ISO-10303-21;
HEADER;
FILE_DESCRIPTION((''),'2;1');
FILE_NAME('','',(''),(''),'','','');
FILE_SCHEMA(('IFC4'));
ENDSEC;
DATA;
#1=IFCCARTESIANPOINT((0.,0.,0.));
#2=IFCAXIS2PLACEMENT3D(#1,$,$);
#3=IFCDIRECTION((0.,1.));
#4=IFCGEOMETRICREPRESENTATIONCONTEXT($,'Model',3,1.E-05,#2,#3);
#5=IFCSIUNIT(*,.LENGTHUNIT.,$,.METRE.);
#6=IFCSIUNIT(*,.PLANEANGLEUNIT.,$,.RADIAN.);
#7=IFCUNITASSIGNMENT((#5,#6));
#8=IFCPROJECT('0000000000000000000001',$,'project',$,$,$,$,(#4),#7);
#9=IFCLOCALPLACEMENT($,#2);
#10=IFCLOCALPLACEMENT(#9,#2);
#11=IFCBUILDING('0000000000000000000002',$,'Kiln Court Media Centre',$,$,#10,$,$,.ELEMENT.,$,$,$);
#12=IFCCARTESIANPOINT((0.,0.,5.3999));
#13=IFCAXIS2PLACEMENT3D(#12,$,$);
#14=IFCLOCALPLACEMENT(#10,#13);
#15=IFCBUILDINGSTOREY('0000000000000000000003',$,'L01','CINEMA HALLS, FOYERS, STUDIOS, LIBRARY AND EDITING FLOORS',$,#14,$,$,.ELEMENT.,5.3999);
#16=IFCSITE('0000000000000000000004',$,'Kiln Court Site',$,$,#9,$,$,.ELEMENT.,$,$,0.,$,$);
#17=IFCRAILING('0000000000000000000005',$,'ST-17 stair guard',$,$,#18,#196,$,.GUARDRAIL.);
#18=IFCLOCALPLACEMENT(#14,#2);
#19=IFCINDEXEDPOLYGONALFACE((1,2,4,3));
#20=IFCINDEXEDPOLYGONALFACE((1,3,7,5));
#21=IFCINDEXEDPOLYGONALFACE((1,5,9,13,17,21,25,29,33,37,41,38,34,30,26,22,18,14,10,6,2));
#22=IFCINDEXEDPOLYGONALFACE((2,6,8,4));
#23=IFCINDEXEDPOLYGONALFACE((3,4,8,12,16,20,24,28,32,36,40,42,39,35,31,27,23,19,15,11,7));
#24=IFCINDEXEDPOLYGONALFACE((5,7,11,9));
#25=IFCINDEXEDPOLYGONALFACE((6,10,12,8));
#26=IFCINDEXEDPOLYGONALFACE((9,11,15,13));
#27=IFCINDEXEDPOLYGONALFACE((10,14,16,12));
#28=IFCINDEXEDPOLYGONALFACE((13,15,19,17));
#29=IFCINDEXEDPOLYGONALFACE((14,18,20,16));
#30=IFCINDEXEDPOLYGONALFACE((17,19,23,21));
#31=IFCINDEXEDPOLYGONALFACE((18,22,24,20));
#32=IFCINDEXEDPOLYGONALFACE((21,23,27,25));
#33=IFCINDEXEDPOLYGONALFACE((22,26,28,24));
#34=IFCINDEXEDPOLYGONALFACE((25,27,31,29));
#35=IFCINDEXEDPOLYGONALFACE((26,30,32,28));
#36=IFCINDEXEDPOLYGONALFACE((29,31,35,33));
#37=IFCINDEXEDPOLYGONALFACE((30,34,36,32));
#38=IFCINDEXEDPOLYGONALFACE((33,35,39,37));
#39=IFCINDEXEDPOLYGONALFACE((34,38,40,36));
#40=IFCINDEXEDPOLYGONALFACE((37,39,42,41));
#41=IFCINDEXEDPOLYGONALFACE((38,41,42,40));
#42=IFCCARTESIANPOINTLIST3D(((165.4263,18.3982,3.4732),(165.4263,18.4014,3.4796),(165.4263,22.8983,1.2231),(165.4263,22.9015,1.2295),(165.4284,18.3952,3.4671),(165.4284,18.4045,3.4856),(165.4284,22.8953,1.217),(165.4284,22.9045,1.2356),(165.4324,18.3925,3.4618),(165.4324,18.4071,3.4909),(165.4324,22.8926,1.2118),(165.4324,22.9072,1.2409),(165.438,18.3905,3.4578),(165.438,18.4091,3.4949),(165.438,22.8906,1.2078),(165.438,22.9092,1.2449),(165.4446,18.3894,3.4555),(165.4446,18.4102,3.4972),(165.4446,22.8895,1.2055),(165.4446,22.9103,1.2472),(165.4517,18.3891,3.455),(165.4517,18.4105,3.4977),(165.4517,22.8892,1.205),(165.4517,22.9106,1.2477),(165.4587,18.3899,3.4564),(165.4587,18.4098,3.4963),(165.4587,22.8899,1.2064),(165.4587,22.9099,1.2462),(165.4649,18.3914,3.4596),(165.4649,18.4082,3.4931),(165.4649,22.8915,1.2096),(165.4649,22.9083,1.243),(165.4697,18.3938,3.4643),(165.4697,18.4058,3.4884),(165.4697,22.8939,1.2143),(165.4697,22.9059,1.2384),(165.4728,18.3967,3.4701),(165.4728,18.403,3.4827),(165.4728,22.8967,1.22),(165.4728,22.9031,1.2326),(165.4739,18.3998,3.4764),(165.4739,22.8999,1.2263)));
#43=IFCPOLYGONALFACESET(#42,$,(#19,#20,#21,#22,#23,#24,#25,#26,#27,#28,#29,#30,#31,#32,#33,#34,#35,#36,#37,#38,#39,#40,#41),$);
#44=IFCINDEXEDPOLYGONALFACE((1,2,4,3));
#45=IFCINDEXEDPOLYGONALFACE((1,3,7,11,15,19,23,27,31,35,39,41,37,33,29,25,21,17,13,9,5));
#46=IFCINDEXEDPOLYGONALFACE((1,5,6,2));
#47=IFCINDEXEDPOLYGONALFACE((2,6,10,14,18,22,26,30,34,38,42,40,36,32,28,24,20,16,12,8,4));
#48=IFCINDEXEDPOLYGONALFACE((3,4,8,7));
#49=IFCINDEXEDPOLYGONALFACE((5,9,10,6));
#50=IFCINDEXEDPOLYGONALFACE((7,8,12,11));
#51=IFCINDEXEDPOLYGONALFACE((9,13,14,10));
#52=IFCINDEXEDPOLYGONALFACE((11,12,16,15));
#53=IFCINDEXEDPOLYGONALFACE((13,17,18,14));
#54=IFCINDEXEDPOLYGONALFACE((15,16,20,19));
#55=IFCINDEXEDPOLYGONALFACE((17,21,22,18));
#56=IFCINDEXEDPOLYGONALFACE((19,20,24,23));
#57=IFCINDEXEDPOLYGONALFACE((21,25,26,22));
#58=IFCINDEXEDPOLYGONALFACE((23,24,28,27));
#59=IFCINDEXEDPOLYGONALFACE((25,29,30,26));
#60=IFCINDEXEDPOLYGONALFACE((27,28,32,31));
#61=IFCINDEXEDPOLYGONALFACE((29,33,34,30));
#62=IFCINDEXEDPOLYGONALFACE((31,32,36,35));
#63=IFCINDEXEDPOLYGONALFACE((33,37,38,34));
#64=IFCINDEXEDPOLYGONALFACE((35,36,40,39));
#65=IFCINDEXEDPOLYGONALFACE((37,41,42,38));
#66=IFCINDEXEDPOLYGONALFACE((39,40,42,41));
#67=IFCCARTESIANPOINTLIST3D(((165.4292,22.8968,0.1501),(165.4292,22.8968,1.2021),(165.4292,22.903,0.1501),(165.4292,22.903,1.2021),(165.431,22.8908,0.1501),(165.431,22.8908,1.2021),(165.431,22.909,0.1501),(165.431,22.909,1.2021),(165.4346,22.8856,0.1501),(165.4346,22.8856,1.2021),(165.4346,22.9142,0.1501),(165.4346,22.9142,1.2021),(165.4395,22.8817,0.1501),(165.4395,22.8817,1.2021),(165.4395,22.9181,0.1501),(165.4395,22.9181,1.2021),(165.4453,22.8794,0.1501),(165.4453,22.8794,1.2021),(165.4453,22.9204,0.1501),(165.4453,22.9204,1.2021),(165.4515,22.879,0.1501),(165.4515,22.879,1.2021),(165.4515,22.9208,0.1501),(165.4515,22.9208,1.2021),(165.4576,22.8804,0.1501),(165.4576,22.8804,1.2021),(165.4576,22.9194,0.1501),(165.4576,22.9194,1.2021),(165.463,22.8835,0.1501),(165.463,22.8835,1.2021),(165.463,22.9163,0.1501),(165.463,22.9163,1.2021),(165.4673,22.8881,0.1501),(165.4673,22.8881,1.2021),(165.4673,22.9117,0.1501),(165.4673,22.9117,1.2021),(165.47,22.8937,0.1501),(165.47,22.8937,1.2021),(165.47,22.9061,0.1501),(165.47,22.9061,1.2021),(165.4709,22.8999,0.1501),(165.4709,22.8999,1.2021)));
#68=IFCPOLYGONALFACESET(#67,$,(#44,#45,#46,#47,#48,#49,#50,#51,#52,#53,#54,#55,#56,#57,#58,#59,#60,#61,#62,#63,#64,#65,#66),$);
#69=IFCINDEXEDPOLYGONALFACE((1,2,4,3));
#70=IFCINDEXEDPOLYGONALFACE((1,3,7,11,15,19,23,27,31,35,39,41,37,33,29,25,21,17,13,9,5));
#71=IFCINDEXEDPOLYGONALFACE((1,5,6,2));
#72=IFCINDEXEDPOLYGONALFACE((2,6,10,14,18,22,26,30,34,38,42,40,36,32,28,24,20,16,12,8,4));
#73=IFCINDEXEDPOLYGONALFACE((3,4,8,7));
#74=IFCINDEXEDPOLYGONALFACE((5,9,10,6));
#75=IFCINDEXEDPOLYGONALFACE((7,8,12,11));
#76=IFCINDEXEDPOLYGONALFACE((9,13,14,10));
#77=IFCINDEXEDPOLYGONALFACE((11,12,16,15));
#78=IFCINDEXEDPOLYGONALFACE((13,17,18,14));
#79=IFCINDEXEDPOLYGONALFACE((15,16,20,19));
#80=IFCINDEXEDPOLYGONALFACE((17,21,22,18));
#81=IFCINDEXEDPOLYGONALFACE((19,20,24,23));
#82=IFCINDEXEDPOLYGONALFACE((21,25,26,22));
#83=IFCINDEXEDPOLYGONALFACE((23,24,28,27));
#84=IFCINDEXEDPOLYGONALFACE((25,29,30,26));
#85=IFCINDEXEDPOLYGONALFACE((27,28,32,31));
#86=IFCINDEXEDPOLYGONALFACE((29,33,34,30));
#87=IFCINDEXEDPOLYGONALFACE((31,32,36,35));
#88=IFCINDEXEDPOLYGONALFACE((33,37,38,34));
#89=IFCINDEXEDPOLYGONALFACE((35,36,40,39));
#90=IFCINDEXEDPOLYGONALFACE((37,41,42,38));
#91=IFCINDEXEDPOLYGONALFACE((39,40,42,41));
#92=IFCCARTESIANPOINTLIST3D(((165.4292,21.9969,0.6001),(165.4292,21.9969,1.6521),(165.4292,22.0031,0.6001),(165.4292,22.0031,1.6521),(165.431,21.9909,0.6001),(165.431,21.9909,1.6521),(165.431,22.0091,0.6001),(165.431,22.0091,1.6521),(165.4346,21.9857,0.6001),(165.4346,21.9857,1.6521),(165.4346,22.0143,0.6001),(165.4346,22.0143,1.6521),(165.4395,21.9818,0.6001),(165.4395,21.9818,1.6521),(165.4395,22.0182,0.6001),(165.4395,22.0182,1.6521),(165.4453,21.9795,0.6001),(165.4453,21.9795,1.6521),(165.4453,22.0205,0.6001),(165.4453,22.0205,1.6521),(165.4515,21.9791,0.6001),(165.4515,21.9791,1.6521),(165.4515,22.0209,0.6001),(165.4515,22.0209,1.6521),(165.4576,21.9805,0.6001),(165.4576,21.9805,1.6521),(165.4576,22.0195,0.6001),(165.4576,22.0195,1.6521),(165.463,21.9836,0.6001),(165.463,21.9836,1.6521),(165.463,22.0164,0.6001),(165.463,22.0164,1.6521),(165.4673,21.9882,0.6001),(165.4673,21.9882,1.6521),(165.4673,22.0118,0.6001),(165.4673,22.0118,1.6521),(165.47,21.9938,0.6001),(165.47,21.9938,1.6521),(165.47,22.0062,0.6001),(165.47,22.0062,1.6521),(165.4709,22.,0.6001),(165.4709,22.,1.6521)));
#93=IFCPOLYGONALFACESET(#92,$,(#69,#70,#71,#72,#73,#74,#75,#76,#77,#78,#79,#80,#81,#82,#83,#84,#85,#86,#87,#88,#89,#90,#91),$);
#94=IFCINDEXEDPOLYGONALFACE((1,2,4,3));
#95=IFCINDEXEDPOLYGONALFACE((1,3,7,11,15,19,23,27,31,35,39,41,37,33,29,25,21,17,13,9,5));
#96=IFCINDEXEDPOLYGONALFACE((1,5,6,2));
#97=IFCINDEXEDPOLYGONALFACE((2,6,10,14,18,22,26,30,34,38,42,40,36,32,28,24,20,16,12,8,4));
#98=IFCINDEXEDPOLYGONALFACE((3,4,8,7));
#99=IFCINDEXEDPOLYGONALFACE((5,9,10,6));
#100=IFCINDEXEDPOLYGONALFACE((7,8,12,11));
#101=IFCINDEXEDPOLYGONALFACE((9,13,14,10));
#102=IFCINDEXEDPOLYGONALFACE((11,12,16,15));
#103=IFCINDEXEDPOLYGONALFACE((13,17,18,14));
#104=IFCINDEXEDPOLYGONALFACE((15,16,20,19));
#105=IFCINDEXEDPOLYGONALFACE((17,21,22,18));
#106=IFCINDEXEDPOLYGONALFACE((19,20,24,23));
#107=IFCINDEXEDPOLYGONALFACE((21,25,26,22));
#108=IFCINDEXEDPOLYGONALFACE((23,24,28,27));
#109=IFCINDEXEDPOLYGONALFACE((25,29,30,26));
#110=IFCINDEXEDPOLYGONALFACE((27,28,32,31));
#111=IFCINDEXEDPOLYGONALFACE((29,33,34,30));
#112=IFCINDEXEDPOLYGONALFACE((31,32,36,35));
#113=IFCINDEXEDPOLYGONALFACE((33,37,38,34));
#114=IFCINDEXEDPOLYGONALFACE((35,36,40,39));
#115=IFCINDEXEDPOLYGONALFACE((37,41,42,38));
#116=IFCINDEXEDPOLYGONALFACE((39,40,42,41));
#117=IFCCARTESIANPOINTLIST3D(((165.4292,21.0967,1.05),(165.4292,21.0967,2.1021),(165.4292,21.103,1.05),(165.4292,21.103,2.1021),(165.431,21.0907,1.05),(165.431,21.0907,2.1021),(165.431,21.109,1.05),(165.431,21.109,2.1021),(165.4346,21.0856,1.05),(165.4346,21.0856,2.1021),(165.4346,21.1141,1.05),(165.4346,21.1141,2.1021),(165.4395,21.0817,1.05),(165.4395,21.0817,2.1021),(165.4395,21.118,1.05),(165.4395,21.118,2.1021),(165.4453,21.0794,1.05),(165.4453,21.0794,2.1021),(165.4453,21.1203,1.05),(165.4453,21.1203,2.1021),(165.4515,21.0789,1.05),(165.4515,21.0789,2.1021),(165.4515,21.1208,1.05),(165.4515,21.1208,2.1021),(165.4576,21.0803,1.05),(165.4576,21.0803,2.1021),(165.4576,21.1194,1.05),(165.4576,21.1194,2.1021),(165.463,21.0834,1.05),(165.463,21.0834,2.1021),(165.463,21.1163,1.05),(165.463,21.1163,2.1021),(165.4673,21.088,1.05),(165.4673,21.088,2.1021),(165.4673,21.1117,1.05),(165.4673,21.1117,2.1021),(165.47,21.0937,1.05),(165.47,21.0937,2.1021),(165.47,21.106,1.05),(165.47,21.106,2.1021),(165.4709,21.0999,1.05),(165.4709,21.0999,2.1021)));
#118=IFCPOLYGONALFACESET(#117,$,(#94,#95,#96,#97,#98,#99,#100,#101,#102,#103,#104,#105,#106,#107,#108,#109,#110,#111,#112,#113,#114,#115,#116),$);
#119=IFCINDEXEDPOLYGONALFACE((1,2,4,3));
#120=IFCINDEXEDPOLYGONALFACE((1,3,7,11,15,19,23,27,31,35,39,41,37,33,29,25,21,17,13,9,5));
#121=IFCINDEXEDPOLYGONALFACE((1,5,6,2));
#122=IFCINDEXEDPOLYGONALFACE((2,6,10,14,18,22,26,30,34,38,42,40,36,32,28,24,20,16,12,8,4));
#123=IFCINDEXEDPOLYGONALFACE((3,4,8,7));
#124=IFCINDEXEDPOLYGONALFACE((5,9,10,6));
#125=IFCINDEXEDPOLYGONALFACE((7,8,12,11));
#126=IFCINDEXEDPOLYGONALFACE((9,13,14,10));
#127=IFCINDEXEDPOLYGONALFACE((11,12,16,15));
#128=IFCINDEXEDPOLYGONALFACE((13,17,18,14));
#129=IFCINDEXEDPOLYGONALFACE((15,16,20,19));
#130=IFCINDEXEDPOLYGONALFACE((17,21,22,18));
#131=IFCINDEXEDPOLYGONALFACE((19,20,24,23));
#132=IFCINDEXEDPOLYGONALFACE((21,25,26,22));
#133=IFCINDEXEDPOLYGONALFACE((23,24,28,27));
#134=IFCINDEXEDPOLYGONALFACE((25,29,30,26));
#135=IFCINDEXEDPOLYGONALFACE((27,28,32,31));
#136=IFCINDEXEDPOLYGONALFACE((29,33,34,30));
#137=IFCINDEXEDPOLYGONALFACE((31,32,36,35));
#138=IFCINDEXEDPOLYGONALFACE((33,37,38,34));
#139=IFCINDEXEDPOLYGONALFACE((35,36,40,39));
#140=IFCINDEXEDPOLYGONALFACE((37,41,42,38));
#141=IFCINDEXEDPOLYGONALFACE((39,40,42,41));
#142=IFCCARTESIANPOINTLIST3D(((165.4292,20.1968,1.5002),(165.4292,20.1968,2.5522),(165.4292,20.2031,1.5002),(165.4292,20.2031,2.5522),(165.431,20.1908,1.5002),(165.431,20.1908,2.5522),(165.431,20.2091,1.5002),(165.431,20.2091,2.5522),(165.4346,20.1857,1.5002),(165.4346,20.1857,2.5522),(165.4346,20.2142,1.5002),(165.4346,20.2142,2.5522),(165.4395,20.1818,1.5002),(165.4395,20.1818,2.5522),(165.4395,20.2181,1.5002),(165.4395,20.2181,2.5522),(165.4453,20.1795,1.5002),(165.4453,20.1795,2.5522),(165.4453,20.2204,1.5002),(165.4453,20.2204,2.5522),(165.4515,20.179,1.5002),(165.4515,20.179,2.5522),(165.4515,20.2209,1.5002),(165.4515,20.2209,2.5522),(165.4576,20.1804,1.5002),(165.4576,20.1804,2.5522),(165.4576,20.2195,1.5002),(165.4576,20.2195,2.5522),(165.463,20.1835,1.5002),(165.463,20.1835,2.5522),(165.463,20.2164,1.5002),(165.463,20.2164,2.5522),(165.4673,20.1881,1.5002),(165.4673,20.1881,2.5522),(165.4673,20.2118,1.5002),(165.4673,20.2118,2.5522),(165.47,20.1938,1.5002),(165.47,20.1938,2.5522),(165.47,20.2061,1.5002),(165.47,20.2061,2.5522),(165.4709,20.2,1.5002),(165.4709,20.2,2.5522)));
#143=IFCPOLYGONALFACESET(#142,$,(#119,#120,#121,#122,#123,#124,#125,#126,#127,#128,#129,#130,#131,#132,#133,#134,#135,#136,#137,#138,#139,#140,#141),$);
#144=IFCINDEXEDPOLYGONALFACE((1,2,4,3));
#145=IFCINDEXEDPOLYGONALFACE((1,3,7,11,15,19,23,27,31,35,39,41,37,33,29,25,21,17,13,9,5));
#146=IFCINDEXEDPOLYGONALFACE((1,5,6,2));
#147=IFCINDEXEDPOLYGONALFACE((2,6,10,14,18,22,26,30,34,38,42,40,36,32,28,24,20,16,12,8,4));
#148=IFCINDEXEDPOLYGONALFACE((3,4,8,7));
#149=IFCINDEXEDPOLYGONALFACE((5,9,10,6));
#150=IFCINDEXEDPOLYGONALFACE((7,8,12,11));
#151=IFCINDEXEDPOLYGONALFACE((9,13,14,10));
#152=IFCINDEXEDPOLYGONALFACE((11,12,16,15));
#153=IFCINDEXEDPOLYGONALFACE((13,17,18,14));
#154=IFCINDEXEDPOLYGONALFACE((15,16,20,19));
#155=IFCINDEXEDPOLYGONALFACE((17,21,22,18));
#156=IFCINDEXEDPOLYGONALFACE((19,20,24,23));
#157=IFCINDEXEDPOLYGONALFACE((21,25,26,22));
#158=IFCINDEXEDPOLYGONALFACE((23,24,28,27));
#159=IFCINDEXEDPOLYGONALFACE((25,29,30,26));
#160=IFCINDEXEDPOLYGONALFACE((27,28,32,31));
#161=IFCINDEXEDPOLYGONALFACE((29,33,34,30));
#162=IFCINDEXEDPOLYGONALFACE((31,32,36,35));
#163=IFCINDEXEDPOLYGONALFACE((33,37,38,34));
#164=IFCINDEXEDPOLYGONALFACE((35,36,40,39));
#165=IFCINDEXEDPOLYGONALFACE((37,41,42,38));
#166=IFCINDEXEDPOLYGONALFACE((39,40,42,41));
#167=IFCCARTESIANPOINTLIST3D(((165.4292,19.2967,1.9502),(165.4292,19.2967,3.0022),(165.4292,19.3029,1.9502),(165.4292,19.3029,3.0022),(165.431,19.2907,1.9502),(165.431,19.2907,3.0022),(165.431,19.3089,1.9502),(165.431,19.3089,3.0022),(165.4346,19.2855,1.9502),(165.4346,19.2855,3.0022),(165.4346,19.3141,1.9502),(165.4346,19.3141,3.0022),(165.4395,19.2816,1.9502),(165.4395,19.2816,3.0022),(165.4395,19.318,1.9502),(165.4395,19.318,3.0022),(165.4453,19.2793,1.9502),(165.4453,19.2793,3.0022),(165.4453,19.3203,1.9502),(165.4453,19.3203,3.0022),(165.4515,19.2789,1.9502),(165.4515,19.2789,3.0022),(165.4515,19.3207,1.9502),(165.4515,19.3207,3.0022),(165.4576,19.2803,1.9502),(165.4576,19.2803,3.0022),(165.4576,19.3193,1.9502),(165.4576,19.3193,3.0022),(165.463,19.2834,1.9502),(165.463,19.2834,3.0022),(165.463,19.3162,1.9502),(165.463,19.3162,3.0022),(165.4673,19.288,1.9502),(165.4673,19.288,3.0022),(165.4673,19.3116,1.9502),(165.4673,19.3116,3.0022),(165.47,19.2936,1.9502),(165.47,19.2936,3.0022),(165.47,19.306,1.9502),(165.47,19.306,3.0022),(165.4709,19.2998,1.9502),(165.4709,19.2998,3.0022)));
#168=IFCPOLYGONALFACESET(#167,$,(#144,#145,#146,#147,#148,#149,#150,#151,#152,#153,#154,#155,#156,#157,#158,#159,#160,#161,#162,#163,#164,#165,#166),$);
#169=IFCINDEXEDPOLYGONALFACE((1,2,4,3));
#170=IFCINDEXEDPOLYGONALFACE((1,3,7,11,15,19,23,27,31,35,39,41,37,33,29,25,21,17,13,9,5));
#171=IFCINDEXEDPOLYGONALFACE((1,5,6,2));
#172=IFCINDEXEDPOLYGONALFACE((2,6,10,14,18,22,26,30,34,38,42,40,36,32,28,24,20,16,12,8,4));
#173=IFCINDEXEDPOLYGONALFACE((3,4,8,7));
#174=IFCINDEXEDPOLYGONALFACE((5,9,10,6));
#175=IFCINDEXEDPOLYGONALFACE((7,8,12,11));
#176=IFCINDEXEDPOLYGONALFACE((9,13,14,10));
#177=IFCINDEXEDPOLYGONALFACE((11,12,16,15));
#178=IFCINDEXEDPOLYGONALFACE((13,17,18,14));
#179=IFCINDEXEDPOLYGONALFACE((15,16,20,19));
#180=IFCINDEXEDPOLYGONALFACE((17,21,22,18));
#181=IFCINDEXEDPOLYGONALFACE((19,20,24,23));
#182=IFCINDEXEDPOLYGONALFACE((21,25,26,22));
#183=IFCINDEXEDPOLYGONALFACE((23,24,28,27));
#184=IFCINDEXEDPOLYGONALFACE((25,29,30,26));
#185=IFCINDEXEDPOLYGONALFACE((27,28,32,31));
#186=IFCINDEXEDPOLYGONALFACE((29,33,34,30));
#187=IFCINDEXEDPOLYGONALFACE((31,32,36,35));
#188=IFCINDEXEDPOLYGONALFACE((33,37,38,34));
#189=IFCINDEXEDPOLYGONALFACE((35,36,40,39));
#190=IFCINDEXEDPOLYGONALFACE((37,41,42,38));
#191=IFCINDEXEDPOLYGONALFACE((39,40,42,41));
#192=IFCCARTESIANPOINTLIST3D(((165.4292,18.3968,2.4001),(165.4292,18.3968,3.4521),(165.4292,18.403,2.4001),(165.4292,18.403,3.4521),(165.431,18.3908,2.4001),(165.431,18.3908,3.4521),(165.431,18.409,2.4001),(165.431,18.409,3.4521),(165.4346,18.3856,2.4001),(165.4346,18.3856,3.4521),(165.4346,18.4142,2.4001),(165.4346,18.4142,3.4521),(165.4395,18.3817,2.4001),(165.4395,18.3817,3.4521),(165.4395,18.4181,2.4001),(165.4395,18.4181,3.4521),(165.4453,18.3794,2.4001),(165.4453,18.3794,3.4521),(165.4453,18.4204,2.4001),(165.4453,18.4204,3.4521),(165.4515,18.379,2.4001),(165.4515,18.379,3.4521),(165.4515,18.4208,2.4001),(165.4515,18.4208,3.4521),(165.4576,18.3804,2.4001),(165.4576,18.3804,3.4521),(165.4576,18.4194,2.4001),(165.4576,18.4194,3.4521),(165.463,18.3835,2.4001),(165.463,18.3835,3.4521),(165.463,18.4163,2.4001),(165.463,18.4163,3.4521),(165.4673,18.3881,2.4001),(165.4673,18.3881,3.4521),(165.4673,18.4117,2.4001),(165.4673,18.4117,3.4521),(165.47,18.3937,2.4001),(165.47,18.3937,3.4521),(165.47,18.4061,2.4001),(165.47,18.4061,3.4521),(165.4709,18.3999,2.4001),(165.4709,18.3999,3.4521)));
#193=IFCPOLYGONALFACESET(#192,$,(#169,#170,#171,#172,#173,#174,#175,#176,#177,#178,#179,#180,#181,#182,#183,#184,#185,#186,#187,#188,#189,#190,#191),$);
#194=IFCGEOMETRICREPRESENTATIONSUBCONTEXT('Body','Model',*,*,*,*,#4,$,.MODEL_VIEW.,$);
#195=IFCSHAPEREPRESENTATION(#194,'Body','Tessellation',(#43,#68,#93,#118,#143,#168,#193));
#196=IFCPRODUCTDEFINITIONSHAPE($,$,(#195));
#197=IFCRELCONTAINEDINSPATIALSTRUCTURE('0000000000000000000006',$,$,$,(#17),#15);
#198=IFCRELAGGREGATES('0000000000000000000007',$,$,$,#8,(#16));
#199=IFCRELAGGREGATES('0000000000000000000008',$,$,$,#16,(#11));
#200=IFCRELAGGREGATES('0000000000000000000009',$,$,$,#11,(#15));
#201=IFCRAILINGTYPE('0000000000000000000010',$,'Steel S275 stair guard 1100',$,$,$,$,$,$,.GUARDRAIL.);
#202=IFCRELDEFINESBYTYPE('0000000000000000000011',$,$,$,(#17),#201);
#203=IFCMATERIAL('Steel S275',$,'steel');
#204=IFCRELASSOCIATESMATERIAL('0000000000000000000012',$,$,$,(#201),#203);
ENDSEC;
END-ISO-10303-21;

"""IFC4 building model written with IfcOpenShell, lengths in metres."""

from ifc_helpers import new_model, si_unit, direction, frame, origin, origin_2d, place, context, subcontext, project, spatial, circle, extrude, material, type_object, element, save


model = new_model("IFC4")

# Units and contexts
model_context = context("Model", 3, precision=1e-05, world=origin(), true_north=direction((0.0, 1.0)))
body_context = subcontext(model_context, "Body", "Model", "MODEL_VIEW")
ifc_project = project(units=[si_unit("LENGTHUNIT", "METRE"), si_unit("PLANEANGLEUNIT", "RADIAN")], contexts=[model_context])

# Site, building, storey
site_placement = place(None, origin())
site = spatial("IfcSite", under=ifc_project, at=site_placement, Name="Kiln Court Site", CompositionType="ELEMENT", RefElevation=0.0)
building_placement = place(site_placement, origin())
building = spatial("IfcBuilding", under=site, at=building_placement, Name="Kiln Court Media Centre", CompositionType="ELEMENT")
storey_placement = place(building_placement, frame((0.0, 0.0, 5.3999)))
storey = spatial("IfcBuildingStorey", under=building, at=storey_placement, Name="L01", Description="CINEMA HALLS, FOYERS, STUDIOS, LIBRARY AND EDITING FLOORS", CompositionType="ELEMENT", Elevation=5.3999)

# Railing
ifc_material_1 = material(Name="Steel S275", Category="steel")
railing_type_1 = type_object("IfcRailingType", Name="Steel S275 stair guard 1100", PredefinedType="GUARDRAIL", material=ifc_material_1)
railing_1_placement = place(storey_placement, frame((165.45, 22.8999, 0.1501)))
element("IfcRailing", 1, at=railing_1_placement, inside=storey, type_object=railing_type_1, Name="ST-17 stair guard", PredefinedType="GUARDRAIL", context=body_context, shape_type="SweptSolid", body=[
    extrude(circle(Radius=0.0239, at=origin_2d()), frame((0.0, 0.0, 1.0762), z_axis=(0.0, -0.894427, 0.447214), x_axis=(1.0, 0.0, 0.0)), (0.0, 0.0, 1.0), 5.0312),
    extrude(circle(Radius=0.021, at=origin_2d()), origin(), (0.0, 0.0, 1.0), 1.052),
    extrude(circle(Radius=0.021, at=origin_2d()), frame((0.0, -0.8999, 0.45)), (0.0, 0.0, 1.0), 1.052),
    extrude(circle(Radius=0.021, at=origin_2d()), frame((0.0, -1.8, 0.8999)), (0.0, 0.0, 1.0), 1.052),
    extrude(circle(Radius=0.021, at=origin_2d()), frame((0.0, -2.7, 1.3501)), (0.0, 0.0, 1.0), 1.052),
    extrude(circle(Radius=0.021, at=origin_2d()), frame((0.0, -3.6001, 1.8)), (0.0, 0.0, 1.0), 1.052),
    extrude(circle(Radius=0.021, at=origin_2d()), frame((0.0, -4.5, 2.25)), (0.0, 0.0, 1.0), 1.052),
])

save(model, "model.ifc")
